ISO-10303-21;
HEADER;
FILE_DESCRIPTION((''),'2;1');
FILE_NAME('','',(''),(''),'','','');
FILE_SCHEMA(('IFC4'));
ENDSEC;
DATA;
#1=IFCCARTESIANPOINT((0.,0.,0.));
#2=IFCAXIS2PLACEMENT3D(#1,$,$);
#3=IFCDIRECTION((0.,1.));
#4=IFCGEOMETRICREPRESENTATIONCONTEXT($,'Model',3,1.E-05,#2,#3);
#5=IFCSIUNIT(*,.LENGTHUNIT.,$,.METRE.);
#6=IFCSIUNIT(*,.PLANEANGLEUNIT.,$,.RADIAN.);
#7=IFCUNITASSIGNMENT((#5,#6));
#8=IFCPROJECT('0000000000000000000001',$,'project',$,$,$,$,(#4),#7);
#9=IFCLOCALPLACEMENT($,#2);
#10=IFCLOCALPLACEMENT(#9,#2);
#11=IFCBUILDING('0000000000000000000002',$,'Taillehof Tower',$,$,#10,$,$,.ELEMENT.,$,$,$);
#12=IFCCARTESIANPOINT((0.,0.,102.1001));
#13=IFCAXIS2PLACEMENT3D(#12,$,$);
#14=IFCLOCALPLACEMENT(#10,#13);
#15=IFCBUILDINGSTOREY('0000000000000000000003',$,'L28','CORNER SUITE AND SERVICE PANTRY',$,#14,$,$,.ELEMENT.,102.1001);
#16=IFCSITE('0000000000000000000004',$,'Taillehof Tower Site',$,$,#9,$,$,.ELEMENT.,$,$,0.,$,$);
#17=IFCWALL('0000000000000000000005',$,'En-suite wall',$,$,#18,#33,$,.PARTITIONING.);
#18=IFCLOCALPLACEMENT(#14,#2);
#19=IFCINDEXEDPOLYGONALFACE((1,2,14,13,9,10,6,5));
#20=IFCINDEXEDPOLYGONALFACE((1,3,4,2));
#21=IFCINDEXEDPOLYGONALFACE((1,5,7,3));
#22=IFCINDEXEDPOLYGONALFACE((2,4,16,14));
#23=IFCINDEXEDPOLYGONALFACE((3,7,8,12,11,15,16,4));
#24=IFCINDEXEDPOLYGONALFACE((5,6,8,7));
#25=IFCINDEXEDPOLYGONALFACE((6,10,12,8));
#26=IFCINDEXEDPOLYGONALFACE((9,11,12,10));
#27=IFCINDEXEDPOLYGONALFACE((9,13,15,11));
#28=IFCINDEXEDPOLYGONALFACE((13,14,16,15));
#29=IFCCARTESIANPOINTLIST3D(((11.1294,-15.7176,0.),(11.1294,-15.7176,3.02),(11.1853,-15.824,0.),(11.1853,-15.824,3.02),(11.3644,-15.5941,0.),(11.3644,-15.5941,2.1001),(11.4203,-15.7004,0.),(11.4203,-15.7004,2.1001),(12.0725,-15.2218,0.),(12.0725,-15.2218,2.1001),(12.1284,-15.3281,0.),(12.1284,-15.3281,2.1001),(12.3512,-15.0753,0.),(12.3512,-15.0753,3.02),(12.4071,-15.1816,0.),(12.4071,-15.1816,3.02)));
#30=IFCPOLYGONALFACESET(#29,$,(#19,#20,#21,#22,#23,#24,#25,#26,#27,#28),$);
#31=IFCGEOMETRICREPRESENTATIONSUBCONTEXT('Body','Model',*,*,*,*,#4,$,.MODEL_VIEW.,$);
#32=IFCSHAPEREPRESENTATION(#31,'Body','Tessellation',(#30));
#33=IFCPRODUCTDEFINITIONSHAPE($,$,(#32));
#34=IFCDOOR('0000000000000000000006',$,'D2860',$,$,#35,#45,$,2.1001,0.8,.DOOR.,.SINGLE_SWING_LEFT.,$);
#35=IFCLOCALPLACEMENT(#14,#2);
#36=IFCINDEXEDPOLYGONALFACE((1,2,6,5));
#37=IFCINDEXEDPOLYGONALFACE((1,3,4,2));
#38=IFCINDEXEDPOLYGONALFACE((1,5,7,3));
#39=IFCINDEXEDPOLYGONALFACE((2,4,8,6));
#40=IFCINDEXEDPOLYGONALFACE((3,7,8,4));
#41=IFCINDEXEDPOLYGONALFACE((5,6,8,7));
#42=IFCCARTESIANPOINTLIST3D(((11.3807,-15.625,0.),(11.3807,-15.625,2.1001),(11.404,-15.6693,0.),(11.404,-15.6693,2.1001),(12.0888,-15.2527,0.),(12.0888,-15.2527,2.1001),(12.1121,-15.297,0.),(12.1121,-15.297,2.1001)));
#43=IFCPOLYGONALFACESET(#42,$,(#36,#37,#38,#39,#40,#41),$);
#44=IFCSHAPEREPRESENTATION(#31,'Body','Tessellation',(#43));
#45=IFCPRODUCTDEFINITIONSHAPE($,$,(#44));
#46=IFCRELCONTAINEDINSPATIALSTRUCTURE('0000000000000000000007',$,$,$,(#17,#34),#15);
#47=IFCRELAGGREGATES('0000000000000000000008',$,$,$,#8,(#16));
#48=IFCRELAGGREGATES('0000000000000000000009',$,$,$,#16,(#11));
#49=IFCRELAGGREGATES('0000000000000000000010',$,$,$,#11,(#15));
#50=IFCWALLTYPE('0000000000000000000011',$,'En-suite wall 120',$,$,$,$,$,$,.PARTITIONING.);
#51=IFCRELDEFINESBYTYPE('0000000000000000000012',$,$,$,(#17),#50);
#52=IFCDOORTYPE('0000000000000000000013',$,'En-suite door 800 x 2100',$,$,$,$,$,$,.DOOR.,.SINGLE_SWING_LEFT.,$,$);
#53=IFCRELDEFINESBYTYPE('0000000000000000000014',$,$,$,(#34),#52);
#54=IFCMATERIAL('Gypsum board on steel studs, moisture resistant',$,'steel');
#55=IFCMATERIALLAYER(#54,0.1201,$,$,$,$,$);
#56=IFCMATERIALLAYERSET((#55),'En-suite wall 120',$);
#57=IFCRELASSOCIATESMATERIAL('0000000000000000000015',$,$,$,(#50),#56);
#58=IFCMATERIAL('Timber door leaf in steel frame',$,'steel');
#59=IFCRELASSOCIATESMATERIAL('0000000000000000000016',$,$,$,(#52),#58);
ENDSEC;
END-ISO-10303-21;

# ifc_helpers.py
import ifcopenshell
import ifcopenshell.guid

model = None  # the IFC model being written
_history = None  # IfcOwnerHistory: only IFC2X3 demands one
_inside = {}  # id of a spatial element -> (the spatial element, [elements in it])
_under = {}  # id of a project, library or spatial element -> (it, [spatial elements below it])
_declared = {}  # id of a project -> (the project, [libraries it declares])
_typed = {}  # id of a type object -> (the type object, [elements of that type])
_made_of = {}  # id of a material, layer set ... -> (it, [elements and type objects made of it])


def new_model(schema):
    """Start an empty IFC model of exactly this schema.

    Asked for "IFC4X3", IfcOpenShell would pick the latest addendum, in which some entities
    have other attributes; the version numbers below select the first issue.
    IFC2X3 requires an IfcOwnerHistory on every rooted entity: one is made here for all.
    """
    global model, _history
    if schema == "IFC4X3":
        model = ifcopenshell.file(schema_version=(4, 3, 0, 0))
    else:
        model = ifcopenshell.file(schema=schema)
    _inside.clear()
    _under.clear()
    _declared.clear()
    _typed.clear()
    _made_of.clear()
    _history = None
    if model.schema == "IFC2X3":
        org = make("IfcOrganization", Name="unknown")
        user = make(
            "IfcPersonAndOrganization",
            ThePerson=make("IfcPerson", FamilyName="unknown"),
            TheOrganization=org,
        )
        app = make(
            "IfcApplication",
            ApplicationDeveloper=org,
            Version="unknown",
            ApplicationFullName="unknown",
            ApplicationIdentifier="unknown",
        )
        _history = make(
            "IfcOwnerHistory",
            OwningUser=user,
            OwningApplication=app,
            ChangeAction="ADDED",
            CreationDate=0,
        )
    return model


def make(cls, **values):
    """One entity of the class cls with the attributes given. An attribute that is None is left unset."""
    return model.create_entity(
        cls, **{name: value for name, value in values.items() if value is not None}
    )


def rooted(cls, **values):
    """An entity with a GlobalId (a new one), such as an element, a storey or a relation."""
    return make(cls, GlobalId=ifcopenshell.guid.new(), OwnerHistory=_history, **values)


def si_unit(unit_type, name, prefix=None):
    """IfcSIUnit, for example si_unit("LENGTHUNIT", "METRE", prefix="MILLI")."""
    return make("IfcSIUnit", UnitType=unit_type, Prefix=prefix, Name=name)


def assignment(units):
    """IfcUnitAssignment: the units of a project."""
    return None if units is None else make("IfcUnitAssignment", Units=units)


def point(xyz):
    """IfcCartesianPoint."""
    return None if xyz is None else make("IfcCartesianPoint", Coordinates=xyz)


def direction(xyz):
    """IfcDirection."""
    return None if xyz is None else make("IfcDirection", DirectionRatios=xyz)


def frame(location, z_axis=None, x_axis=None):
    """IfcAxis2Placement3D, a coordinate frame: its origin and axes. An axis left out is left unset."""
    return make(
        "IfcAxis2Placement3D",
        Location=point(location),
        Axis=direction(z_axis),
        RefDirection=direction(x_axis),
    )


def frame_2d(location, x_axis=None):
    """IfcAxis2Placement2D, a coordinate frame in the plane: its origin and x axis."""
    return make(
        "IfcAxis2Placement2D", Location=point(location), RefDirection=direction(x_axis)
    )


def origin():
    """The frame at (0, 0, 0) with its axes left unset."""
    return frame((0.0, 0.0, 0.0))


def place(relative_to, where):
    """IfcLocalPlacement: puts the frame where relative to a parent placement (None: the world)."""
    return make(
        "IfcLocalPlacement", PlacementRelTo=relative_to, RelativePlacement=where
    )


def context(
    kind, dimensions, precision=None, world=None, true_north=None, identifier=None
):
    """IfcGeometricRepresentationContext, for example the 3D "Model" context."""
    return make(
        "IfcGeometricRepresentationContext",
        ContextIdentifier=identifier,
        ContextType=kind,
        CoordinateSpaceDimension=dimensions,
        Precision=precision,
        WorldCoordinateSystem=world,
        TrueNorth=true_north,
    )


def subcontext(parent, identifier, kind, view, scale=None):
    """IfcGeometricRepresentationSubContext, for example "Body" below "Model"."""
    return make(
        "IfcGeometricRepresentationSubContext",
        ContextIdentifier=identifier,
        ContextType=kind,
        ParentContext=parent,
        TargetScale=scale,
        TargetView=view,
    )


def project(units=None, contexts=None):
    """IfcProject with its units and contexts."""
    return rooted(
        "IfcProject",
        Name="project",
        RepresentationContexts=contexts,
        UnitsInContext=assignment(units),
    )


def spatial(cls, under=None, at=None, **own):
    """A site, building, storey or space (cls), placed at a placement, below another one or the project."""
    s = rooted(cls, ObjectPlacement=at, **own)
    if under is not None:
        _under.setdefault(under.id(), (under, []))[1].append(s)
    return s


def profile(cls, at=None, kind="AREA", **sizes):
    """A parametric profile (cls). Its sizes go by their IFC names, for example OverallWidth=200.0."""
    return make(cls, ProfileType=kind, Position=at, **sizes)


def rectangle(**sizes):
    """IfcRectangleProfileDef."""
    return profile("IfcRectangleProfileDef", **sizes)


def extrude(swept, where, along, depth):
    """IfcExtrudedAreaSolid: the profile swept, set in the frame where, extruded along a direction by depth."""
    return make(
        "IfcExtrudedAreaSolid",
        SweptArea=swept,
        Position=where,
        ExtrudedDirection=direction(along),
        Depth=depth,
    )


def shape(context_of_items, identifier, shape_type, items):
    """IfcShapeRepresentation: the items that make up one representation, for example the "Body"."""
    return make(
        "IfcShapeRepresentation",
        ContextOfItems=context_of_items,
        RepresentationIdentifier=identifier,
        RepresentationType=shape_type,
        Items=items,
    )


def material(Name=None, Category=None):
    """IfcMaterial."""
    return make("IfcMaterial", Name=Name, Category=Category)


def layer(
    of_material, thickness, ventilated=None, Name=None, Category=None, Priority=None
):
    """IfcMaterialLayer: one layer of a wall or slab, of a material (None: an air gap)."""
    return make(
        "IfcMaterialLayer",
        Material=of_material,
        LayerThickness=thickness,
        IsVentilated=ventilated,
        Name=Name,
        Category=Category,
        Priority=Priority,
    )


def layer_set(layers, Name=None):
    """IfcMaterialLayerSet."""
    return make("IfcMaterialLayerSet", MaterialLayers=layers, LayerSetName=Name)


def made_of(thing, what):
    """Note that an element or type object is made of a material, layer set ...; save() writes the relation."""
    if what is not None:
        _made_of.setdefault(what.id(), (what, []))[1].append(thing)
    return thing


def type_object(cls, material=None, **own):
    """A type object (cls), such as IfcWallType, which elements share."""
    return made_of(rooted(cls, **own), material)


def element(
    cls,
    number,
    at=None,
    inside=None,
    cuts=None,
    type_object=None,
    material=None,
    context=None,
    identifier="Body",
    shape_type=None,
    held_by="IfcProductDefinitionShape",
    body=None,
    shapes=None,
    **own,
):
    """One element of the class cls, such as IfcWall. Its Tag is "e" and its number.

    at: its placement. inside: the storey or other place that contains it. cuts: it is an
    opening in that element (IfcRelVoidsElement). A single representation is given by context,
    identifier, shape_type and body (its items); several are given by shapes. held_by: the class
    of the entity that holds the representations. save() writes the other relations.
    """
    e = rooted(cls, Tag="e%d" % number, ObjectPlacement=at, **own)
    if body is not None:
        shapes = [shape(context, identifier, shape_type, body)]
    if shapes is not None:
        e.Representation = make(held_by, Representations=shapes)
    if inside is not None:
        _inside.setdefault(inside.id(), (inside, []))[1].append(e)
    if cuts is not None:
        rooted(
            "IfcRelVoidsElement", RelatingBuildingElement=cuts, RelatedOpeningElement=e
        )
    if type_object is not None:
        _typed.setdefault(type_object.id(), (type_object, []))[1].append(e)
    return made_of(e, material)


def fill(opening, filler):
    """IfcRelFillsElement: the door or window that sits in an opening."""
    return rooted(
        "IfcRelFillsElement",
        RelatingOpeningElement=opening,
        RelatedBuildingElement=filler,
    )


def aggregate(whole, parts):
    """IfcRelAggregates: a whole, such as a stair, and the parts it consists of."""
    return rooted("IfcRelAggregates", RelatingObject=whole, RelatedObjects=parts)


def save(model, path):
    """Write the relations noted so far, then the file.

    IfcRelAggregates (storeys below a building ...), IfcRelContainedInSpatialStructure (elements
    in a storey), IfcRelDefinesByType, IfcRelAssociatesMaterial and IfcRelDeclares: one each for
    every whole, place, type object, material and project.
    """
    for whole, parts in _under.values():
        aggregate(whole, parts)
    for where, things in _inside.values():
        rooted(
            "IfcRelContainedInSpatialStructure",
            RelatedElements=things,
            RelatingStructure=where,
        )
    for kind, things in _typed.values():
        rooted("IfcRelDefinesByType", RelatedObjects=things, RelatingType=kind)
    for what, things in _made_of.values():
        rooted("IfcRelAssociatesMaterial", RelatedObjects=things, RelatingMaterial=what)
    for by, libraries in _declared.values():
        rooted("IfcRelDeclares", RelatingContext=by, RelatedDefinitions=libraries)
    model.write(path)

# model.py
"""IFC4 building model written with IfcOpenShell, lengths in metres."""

from ifc_helpers import new_model, si_unit, direction, frame, frame_2d, origin, place, context, subcontext, project, spatial, rectangle, extrude, material, layer, layer_set, type_object, element, fill, save


model = new_model("IFC4")

# Units and contexts
model_context = context("Model", 3, precision=1e-05, world=origin(), true_north=direction((0.0, 1.0)))
body_context = subcontext(model_context, "Body", "Model", "MODEL_VIEW")
ifc_project = project(units=[si_unit("LENGTHUNIT", "METRE"), si_unit("PLANEANGLEUNIT", "RADIAN")], contexts=[model_context])

# Site, building, storey
site_placement = place(None, origin())
site = spatial("IfcSite", under=ifc_project, at=site_placement, Name="Taillehof Tower Site", CompositionType="ELEMENT", RefElevation=0.0)
building_placement = place(site_placement, origin())
building = spatial("IfcBuilding", under=site, at=building_placement, Name="Taillehof Tower", CompositionType="ELEMENT")
storey_placement = place(building_placement, frame((0.0, 0.0, 102.1001)))
storey = spatial("IfcBuildingStorey", under=building, at=storey_placement, Name="L28", Description="CORNER SUITE AND SERVICE PANTRY", CompositionType="ELEMENT", Elevation=102.1001)

# Shared definitions
ifc_material_1 = material(Name="Gypsum board on steel studs, moisture resistant", Category="steel")
ifc_layer_1 = layer(ifc_material_1, 0.1201)
ifc_layer_set_1 = layer_set([ifc_layer_1], Name="En-suite wall 120")
wall_type_1 = type_object("IfcWallType", Name="En-suite wall 120", PredefinedType="PARTITIONING", material=ifc_layer_set_1)

# Wall, opening, door
wall_1_placement = place(storey_placement, frame((12.3792, -15.1284, 0.0), z_axis=(0.0, 0.0, 1.0), x_axis=(-0.885114, -0.465375, 0.0)))
wall_1 = element("IfcWall", 1, at=wall_1_placement, inside=storey, type_object=wall_type_1, Name="En-suite wall", PredefinedType="PARTITIONING", context=body_context, shape_type="SweptSolid", body=[
    extrude(rectangle(XDim=1.3804, YDim=0.1201, at=frame_2d((0.6902, 0.0))), origin(), (0.0, 0.0, 1.0), 3.02),
])
opening_1_placement = place(wall_1_placement, frame((0.3149, 0.0, 0.0)))
opening_1 = element("IfcOpeningElement", 2, at=opening_1_placement, cuts=wall_1, PredefinedType="OPENING", context=body_context, shape_type="SweptSolid", body=[
    extrude(rectangle(XDim=0.8, YDim=2.1001, at=frame_2d((0.3999, 1.05))), frame((0.0, 0.0701, 0.0), z_axis=(0.0, -1.0, 0.0), x_axis=(1.0, 0.0, 0.0)), (0.0, 0.0, 1.0), 0.1401),
])
ifc_material_2 = material(Name="Timber door leaf in steel frame", Category="steel")
door_type_1 = type_object("IfcDoorType", Name="En-suite door 800 x 2100", OperationType="SINGLE_SWING_LEFT", PredefinedType="DOOR", material=ifc_material_2)
door_1_placement = place(opening_1_placement, origin())
door_1 = element("IfcDoor", 3, at=door_1_placement, inside=storey, type_object=door_type_1, Name="D2860", OperationType="SINGLE_SWING_LEFT", OverallHeight=2.1001, OverallWidth=0.8, PredefinedType="DOOR", context=body_context, shape_type="SweptSolid", body=[
    extrude(rectangle(XDim=0.8, YDim=2.1001, at=frame_2d((0.3999, 1.05))), frame((0.0, 0.0249, 0.0), z_axis=(0.0, -1.0, 0.0), x_axis=(1.0, 0.0, 0.0)), (0.0, 0.0, 1.0), 0.05),
])
fill(opening_1, door_1)

save(model, "model.ifc")
